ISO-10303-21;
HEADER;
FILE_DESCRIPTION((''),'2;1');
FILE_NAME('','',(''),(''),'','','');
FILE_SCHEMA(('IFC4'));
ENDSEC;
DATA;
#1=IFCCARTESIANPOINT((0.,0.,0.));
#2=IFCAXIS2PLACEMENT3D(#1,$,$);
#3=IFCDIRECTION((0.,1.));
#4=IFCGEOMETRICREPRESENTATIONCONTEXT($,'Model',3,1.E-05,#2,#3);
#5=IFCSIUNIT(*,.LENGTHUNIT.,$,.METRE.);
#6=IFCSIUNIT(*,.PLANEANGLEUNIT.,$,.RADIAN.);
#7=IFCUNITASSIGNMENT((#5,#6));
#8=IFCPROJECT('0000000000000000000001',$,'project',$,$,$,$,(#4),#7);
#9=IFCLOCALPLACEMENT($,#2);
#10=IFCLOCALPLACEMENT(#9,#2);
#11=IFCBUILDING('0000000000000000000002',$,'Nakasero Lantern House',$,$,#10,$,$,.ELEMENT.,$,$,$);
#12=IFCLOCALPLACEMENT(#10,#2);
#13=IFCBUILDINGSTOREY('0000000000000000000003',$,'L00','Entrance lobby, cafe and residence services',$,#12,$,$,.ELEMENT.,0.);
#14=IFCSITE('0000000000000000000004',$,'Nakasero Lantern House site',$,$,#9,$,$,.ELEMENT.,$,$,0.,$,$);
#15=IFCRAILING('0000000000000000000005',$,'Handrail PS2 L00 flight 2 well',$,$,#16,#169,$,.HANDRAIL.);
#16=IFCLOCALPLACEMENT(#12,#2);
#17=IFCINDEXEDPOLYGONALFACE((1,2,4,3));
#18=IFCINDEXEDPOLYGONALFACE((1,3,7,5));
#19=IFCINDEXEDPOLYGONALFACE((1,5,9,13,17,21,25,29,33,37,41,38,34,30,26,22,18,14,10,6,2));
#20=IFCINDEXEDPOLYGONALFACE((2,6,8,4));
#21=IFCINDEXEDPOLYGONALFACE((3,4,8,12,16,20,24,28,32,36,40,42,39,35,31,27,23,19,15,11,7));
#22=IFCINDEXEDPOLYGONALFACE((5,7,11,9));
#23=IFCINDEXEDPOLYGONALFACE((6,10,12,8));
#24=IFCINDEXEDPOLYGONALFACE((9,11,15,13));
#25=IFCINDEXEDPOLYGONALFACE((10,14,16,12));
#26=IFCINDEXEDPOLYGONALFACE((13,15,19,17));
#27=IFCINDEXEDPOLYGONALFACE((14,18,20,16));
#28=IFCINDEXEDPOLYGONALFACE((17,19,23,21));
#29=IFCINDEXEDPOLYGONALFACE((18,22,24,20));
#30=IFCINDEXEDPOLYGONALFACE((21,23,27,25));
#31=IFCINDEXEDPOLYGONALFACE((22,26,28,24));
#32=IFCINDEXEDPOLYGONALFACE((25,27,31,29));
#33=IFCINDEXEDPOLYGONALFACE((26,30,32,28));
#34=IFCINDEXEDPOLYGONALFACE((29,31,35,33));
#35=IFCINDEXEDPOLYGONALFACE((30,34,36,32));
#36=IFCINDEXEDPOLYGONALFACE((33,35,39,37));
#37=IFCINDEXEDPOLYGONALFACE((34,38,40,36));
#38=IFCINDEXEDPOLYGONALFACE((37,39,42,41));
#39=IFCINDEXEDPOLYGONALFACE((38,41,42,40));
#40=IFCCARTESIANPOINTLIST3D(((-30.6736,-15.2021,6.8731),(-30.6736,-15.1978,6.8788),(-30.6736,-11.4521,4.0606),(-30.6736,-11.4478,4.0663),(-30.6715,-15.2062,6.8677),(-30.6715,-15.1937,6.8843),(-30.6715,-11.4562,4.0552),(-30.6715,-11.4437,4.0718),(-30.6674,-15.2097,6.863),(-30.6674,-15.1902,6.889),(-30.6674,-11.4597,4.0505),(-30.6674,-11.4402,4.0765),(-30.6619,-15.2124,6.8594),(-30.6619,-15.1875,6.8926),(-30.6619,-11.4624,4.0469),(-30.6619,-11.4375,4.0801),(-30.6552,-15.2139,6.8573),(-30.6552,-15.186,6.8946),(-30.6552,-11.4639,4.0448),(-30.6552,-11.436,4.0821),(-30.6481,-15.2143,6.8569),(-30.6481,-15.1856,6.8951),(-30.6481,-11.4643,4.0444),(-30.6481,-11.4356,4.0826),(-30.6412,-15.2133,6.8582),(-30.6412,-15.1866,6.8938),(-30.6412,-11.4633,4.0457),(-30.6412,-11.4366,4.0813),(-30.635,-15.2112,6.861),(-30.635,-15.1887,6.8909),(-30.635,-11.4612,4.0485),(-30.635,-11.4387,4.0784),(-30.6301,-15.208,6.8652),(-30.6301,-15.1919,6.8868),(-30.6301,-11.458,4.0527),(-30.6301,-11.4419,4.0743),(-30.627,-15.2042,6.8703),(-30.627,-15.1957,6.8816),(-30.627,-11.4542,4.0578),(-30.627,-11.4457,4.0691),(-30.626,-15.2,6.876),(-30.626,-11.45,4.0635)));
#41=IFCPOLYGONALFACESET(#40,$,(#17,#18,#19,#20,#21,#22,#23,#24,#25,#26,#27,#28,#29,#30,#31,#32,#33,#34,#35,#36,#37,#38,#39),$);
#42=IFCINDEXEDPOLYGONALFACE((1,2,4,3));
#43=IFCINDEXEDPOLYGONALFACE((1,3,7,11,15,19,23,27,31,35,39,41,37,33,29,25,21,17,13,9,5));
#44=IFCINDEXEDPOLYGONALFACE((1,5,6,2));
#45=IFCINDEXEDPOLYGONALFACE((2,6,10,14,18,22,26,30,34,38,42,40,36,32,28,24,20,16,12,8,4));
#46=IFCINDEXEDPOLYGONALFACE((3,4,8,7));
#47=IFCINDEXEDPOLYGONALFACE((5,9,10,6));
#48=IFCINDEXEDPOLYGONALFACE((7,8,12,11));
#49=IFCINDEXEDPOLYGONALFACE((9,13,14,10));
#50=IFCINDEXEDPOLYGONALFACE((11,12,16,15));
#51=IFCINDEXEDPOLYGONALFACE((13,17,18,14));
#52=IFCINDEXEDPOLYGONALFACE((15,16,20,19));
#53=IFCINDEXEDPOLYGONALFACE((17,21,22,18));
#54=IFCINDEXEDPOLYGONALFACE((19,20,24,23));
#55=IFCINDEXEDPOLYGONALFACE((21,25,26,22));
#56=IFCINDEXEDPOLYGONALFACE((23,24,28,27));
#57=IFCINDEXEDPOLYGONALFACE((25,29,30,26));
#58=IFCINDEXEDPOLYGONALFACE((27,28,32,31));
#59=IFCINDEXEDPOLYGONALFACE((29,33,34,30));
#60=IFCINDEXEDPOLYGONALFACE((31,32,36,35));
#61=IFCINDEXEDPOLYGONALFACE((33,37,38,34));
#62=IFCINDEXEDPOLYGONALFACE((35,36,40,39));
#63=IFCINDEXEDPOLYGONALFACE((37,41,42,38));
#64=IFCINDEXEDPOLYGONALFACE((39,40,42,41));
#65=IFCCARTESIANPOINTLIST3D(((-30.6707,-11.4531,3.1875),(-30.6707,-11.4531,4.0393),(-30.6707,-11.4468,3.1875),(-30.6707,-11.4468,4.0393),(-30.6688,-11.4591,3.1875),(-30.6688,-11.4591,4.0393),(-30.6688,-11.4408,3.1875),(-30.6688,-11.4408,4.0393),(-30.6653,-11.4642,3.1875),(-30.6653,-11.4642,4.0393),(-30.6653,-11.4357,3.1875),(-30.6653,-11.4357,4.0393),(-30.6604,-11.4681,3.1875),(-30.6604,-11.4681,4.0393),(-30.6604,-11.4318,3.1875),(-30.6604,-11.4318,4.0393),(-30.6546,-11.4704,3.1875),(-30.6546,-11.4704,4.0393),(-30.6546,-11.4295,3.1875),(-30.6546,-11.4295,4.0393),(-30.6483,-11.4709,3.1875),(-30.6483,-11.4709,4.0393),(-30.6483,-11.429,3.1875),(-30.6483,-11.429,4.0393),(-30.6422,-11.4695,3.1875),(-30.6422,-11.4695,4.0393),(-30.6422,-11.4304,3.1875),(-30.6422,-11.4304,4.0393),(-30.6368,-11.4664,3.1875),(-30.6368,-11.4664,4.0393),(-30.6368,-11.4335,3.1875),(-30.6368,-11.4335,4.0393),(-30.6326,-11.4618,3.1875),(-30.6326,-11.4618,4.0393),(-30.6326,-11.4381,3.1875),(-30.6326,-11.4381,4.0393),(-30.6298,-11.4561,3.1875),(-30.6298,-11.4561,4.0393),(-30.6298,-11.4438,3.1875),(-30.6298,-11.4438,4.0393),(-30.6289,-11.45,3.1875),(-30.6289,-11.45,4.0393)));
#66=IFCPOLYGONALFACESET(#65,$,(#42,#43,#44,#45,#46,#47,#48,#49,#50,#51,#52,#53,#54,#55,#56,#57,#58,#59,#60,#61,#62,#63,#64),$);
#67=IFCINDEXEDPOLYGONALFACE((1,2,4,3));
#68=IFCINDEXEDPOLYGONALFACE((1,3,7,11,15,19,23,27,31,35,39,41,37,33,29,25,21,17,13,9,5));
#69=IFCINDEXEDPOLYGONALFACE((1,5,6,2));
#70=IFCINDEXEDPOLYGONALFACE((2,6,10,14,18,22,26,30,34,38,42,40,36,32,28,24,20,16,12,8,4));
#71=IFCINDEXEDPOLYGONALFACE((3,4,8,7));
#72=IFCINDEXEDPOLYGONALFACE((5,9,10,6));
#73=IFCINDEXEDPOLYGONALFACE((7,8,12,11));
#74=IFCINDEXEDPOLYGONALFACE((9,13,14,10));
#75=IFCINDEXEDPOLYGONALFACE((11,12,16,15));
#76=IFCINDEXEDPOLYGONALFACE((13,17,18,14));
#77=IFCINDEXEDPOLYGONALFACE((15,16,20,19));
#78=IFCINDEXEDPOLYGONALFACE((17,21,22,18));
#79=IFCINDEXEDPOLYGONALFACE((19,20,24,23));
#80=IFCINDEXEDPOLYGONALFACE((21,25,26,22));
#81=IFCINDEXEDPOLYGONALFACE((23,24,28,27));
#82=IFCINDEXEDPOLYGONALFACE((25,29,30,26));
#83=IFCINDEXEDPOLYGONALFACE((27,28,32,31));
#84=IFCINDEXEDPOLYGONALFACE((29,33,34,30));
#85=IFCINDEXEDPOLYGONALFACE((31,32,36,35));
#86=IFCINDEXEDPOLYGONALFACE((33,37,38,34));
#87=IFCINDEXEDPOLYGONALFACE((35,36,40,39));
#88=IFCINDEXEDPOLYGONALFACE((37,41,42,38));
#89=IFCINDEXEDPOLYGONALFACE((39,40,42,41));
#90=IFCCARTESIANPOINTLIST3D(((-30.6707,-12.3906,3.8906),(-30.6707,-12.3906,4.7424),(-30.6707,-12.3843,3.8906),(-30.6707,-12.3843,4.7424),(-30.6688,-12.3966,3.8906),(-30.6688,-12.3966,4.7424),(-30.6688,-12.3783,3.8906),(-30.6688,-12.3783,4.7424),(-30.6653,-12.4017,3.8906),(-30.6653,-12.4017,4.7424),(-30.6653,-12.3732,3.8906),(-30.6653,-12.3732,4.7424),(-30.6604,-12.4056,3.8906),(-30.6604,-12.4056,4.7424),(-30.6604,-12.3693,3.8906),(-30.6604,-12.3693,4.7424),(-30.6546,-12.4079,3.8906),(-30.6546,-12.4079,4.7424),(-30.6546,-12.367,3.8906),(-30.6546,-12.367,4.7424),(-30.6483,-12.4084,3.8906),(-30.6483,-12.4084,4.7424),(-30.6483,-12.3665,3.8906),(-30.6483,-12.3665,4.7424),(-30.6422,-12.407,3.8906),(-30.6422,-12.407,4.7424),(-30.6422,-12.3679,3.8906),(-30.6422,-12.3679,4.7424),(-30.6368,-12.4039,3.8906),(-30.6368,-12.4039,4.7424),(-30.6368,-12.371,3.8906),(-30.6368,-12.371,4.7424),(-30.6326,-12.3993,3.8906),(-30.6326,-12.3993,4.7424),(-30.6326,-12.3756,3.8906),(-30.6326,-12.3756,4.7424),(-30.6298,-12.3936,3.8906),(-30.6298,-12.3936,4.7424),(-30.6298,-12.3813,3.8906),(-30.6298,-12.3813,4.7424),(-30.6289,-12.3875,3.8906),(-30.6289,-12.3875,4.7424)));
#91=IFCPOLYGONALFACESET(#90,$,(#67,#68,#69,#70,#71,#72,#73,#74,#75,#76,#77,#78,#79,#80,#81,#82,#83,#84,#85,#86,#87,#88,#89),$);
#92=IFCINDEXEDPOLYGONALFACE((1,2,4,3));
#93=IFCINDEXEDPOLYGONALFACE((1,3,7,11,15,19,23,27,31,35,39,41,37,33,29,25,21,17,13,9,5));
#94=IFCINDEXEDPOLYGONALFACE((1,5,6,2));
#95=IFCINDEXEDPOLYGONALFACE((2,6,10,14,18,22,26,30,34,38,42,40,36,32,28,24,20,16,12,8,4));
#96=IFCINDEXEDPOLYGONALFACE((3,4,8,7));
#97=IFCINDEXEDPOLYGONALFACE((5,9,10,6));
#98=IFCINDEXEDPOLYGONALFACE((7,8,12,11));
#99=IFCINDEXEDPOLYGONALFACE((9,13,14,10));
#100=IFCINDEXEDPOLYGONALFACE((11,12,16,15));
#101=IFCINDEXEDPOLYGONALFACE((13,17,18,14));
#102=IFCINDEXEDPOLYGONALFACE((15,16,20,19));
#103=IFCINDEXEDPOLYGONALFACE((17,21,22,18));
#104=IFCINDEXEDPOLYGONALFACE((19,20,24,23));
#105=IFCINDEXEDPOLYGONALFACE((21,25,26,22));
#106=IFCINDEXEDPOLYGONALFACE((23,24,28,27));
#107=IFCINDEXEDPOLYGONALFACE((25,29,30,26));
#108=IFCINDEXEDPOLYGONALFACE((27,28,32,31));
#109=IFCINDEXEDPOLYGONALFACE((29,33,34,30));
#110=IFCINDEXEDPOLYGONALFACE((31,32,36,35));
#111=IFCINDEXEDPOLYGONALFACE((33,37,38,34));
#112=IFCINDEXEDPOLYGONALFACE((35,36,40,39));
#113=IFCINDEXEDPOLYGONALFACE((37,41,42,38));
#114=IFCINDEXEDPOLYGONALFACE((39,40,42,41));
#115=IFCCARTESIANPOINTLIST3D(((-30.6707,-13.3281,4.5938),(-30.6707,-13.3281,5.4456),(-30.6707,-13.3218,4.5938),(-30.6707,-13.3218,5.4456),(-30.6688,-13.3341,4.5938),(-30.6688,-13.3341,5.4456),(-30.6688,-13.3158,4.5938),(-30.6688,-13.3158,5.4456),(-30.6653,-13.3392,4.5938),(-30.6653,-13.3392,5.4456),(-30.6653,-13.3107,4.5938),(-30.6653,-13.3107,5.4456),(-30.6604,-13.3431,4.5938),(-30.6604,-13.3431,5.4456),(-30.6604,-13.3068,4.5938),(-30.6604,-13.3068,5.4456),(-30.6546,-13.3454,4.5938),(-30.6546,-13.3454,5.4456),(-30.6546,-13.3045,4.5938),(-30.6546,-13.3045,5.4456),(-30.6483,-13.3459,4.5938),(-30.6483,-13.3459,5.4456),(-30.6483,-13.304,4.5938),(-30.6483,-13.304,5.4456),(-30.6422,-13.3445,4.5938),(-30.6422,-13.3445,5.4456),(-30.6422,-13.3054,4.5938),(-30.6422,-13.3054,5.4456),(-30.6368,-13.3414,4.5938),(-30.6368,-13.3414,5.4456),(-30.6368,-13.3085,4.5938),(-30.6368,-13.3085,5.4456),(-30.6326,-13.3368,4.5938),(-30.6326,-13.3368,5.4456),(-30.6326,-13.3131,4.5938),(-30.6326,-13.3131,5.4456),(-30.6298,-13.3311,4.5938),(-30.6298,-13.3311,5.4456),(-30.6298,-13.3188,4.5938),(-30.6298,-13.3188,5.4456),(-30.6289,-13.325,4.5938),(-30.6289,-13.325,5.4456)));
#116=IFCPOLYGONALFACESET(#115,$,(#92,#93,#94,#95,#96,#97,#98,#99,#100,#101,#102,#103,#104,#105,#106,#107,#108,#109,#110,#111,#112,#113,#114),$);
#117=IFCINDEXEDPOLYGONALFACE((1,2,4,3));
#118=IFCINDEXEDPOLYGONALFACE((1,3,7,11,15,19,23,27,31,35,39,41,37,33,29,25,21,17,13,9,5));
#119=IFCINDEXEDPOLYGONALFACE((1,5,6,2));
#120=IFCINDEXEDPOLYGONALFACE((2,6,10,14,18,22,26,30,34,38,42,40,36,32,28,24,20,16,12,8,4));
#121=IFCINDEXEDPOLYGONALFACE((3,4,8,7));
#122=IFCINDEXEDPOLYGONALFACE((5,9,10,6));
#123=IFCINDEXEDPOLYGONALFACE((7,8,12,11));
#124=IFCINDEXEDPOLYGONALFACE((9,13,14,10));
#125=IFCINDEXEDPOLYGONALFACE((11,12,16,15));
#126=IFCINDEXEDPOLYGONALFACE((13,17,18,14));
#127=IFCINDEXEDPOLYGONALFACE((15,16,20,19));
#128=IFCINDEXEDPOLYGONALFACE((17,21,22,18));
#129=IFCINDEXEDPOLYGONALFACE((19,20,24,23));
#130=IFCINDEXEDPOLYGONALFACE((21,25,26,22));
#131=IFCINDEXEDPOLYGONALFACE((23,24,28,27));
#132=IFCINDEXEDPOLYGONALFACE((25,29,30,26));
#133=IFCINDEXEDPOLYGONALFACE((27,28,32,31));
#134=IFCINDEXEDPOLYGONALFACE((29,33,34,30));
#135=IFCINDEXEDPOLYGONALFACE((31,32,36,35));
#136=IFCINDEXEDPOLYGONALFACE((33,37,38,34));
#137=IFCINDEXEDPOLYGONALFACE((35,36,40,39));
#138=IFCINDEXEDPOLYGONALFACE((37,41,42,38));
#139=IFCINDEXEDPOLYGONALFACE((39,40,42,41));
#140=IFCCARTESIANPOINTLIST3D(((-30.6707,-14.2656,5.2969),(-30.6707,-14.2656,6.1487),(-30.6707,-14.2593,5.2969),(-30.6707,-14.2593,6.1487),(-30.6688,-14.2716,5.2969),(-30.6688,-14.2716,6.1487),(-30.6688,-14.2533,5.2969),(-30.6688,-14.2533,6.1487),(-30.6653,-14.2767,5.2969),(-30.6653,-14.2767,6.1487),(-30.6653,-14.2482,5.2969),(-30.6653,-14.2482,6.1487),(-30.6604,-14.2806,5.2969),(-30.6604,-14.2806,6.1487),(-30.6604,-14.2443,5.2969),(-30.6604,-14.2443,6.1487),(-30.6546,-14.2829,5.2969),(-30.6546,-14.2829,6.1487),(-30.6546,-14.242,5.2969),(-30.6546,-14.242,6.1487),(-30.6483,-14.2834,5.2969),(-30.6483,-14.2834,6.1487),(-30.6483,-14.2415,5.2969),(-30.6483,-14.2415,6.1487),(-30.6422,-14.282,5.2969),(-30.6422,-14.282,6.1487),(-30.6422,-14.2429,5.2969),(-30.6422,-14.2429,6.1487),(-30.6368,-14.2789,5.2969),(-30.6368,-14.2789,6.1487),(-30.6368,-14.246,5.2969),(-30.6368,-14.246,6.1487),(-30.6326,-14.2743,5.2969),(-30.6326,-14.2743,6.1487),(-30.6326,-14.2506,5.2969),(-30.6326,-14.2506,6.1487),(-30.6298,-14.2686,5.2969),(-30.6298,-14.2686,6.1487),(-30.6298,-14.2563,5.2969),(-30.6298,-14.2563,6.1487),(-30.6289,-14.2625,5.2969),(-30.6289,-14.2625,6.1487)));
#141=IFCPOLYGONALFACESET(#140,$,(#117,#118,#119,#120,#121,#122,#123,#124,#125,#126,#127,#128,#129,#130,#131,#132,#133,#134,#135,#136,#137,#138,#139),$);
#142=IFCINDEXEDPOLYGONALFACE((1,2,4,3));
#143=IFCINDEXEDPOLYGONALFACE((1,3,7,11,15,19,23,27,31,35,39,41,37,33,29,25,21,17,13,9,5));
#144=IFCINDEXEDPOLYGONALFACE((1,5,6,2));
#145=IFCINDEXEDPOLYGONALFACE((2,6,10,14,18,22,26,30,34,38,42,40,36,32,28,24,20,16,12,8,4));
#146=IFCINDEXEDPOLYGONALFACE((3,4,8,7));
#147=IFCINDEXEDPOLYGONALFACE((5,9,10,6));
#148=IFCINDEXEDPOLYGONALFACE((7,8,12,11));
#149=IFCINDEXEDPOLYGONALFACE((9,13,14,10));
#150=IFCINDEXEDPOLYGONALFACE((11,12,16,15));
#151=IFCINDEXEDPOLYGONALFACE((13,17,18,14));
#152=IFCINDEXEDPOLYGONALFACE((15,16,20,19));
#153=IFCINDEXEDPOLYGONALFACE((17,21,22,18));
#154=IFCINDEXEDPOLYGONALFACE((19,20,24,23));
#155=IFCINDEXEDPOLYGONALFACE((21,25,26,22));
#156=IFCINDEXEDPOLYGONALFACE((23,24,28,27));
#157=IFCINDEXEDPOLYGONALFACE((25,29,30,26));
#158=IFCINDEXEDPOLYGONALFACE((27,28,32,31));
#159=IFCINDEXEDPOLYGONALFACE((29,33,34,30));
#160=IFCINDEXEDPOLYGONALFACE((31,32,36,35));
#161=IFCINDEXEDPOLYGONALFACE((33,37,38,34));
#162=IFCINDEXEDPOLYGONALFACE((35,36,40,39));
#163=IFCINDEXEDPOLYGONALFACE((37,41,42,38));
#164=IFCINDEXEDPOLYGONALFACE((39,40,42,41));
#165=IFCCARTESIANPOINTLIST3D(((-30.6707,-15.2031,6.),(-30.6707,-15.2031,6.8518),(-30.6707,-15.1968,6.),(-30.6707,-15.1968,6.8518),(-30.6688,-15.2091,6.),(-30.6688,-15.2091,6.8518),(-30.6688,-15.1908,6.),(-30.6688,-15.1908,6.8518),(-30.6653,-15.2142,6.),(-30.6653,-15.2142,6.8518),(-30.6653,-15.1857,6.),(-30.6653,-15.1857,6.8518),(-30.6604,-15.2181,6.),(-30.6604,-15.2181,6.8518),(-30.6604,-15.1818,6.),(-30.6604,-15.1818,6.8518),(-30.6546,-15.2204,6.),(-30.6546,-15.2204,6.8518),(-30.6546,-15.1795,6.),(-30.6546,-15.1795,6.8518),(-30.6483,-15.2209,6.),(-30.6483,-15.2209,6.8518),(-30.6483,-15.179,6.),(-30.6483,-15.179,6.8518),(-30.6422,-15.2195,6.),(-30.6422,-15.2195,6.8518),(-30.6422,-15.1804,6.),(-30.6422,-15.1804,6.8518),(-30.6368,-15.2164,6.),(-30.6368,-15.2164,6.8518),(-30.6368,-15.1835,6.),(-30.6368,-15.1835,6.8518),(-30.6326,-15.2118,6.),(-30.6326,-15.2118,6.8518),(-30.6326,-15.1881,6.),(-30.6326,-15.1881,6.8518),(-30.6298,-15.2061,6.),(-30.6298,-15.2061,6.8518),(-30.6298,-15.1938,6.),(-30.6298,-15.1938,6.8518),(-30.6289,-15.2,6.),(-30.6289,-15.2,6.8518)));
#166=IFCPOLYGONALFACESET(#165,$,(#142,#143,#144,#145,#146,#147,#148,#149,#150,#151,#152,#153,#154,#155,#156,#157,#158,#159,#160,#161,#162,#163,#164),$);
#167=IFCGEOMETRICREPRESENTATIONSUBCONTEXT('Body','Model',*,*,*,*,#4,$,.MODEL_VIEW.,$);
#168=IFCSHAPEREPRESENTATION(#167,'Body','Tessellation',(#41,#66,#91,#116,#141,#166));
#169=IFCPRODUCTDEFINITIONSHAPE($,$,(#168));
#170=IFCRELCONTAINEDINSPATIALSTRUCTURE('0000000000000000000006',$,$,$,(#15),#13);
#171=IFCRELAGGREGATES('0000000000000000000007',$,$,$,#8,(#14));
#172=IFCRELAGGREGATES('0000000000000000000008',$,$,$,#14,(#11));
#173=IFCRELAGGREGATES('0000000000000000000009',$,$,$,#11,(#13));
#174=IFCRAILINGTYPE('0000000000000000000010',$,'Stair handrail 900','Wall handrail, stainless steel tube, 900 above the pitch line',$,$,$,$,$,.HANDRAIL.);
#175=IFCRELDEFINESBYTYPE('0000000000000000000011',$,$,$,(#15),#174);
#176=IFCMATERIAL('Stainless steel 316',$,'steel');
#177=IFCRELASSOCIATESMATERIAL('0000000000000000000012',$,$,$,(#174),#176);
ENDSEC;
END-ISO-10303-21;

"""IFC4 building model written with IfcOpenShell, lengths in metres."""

from ifc_helpers import new_model, si_unit, direction, frame, origin, origin_2d, place, context, subcontext, project, spatial, circle, extrude, material, type_object, element, save


model = new_model("IFC4")

# Units and contexts
model_context = context("Model", 3, precision=1e-05, world=origin(), true_north=direction((0.0, 1.0)))
body_context = subcontext(model_context, "Body", "Model", "MODEL_VIEW")
ifc_project = project(units=[si_unit("LENGTHUNIT", "METRE"), si_unit("PLANEANGLEUNIT", "RADIAN")], contexts=[model_context])

# Site, building, storey
site_placement = place(None, origin())
site = spatial("IfcSite", under=ifc_project, at=site_placement, Name="Nakasero Lantern House site", CompositionType="ELEMENT", RefElevation=0.0)
building_placement = place(site_placement, origin())
building = spatial("IfcBuilding", under=site, at=building_placement, Name="Nakasero Lantern House", CompositionType="ELEMENT")
storey_placement = place(building_placement, origin())
storey = spatial("IfcBuildingStorey", under=building, at=storey_placement, Name="L00", Description="Entrance lobby, cafe and residence services", CompositionType="ELEMENT", Elevation=0.0)

# Railing
ifc_material_1 = material(Name="Stainless steel 316", Category="steel")
railing_type = type_object("IfcRailingType", Name="Stair handrail 900", Description="Wall handrail, stainless steel tube, 900 above the pitch line", PredefinedType="HANDRAIL", material=ifc_material_1)
for number, where, name in (
    (1, (-30.6499, -11.45, 3.1875), "Handrail PS2 L00 flight 2 well"),
):
    element("IfcRailing", number, at=place(storey_placement, frame(where)), inside=storey, type_object=railing_type, Name=name, PredefinedType="HANDRAIL", context=body_context, shape_type="SweptSolid", body=[
        extrude(circle(Radius=0.0239, at=origin_2d()), frame((0.0, 0.0, 0.876), z_axis=(0.0, -0.8, 0.6), x_axis=(1.0, 0.0, 0.0)), (0.0, 0.0, 1.0), 4.6875),
        extrude(circle(Radius=0.021, at=origin_2d()), origin(), (0.0, 0.0, 1.0), 0.8518),
        extrude(circle(Radius=0.021, at=origin_2d()), frame((0.0, -0.9375, 0.7031)), (0.0, 0.0, 1.0), 0.8518),
        extrude(circle(Radius=0.021, at=origin_2d()), frame((0.0, -1.875, 1.4062)), (0.0, 0.0, 1.0), 0.8518),
        extrude(circle(Radius=0.021, at=origin_2d()), frame((0.0, -2.8125, 2.1094)), (0.0, 0.0, 1.0), 0.8518),
        extrude(circle(Radius=0.021, at=origin_2d()), frame((0.0, -3.75, 2.8125)), (0.0, 0.0, 1.0), 0.8518),
    ])

save(model, "model.ifc")
